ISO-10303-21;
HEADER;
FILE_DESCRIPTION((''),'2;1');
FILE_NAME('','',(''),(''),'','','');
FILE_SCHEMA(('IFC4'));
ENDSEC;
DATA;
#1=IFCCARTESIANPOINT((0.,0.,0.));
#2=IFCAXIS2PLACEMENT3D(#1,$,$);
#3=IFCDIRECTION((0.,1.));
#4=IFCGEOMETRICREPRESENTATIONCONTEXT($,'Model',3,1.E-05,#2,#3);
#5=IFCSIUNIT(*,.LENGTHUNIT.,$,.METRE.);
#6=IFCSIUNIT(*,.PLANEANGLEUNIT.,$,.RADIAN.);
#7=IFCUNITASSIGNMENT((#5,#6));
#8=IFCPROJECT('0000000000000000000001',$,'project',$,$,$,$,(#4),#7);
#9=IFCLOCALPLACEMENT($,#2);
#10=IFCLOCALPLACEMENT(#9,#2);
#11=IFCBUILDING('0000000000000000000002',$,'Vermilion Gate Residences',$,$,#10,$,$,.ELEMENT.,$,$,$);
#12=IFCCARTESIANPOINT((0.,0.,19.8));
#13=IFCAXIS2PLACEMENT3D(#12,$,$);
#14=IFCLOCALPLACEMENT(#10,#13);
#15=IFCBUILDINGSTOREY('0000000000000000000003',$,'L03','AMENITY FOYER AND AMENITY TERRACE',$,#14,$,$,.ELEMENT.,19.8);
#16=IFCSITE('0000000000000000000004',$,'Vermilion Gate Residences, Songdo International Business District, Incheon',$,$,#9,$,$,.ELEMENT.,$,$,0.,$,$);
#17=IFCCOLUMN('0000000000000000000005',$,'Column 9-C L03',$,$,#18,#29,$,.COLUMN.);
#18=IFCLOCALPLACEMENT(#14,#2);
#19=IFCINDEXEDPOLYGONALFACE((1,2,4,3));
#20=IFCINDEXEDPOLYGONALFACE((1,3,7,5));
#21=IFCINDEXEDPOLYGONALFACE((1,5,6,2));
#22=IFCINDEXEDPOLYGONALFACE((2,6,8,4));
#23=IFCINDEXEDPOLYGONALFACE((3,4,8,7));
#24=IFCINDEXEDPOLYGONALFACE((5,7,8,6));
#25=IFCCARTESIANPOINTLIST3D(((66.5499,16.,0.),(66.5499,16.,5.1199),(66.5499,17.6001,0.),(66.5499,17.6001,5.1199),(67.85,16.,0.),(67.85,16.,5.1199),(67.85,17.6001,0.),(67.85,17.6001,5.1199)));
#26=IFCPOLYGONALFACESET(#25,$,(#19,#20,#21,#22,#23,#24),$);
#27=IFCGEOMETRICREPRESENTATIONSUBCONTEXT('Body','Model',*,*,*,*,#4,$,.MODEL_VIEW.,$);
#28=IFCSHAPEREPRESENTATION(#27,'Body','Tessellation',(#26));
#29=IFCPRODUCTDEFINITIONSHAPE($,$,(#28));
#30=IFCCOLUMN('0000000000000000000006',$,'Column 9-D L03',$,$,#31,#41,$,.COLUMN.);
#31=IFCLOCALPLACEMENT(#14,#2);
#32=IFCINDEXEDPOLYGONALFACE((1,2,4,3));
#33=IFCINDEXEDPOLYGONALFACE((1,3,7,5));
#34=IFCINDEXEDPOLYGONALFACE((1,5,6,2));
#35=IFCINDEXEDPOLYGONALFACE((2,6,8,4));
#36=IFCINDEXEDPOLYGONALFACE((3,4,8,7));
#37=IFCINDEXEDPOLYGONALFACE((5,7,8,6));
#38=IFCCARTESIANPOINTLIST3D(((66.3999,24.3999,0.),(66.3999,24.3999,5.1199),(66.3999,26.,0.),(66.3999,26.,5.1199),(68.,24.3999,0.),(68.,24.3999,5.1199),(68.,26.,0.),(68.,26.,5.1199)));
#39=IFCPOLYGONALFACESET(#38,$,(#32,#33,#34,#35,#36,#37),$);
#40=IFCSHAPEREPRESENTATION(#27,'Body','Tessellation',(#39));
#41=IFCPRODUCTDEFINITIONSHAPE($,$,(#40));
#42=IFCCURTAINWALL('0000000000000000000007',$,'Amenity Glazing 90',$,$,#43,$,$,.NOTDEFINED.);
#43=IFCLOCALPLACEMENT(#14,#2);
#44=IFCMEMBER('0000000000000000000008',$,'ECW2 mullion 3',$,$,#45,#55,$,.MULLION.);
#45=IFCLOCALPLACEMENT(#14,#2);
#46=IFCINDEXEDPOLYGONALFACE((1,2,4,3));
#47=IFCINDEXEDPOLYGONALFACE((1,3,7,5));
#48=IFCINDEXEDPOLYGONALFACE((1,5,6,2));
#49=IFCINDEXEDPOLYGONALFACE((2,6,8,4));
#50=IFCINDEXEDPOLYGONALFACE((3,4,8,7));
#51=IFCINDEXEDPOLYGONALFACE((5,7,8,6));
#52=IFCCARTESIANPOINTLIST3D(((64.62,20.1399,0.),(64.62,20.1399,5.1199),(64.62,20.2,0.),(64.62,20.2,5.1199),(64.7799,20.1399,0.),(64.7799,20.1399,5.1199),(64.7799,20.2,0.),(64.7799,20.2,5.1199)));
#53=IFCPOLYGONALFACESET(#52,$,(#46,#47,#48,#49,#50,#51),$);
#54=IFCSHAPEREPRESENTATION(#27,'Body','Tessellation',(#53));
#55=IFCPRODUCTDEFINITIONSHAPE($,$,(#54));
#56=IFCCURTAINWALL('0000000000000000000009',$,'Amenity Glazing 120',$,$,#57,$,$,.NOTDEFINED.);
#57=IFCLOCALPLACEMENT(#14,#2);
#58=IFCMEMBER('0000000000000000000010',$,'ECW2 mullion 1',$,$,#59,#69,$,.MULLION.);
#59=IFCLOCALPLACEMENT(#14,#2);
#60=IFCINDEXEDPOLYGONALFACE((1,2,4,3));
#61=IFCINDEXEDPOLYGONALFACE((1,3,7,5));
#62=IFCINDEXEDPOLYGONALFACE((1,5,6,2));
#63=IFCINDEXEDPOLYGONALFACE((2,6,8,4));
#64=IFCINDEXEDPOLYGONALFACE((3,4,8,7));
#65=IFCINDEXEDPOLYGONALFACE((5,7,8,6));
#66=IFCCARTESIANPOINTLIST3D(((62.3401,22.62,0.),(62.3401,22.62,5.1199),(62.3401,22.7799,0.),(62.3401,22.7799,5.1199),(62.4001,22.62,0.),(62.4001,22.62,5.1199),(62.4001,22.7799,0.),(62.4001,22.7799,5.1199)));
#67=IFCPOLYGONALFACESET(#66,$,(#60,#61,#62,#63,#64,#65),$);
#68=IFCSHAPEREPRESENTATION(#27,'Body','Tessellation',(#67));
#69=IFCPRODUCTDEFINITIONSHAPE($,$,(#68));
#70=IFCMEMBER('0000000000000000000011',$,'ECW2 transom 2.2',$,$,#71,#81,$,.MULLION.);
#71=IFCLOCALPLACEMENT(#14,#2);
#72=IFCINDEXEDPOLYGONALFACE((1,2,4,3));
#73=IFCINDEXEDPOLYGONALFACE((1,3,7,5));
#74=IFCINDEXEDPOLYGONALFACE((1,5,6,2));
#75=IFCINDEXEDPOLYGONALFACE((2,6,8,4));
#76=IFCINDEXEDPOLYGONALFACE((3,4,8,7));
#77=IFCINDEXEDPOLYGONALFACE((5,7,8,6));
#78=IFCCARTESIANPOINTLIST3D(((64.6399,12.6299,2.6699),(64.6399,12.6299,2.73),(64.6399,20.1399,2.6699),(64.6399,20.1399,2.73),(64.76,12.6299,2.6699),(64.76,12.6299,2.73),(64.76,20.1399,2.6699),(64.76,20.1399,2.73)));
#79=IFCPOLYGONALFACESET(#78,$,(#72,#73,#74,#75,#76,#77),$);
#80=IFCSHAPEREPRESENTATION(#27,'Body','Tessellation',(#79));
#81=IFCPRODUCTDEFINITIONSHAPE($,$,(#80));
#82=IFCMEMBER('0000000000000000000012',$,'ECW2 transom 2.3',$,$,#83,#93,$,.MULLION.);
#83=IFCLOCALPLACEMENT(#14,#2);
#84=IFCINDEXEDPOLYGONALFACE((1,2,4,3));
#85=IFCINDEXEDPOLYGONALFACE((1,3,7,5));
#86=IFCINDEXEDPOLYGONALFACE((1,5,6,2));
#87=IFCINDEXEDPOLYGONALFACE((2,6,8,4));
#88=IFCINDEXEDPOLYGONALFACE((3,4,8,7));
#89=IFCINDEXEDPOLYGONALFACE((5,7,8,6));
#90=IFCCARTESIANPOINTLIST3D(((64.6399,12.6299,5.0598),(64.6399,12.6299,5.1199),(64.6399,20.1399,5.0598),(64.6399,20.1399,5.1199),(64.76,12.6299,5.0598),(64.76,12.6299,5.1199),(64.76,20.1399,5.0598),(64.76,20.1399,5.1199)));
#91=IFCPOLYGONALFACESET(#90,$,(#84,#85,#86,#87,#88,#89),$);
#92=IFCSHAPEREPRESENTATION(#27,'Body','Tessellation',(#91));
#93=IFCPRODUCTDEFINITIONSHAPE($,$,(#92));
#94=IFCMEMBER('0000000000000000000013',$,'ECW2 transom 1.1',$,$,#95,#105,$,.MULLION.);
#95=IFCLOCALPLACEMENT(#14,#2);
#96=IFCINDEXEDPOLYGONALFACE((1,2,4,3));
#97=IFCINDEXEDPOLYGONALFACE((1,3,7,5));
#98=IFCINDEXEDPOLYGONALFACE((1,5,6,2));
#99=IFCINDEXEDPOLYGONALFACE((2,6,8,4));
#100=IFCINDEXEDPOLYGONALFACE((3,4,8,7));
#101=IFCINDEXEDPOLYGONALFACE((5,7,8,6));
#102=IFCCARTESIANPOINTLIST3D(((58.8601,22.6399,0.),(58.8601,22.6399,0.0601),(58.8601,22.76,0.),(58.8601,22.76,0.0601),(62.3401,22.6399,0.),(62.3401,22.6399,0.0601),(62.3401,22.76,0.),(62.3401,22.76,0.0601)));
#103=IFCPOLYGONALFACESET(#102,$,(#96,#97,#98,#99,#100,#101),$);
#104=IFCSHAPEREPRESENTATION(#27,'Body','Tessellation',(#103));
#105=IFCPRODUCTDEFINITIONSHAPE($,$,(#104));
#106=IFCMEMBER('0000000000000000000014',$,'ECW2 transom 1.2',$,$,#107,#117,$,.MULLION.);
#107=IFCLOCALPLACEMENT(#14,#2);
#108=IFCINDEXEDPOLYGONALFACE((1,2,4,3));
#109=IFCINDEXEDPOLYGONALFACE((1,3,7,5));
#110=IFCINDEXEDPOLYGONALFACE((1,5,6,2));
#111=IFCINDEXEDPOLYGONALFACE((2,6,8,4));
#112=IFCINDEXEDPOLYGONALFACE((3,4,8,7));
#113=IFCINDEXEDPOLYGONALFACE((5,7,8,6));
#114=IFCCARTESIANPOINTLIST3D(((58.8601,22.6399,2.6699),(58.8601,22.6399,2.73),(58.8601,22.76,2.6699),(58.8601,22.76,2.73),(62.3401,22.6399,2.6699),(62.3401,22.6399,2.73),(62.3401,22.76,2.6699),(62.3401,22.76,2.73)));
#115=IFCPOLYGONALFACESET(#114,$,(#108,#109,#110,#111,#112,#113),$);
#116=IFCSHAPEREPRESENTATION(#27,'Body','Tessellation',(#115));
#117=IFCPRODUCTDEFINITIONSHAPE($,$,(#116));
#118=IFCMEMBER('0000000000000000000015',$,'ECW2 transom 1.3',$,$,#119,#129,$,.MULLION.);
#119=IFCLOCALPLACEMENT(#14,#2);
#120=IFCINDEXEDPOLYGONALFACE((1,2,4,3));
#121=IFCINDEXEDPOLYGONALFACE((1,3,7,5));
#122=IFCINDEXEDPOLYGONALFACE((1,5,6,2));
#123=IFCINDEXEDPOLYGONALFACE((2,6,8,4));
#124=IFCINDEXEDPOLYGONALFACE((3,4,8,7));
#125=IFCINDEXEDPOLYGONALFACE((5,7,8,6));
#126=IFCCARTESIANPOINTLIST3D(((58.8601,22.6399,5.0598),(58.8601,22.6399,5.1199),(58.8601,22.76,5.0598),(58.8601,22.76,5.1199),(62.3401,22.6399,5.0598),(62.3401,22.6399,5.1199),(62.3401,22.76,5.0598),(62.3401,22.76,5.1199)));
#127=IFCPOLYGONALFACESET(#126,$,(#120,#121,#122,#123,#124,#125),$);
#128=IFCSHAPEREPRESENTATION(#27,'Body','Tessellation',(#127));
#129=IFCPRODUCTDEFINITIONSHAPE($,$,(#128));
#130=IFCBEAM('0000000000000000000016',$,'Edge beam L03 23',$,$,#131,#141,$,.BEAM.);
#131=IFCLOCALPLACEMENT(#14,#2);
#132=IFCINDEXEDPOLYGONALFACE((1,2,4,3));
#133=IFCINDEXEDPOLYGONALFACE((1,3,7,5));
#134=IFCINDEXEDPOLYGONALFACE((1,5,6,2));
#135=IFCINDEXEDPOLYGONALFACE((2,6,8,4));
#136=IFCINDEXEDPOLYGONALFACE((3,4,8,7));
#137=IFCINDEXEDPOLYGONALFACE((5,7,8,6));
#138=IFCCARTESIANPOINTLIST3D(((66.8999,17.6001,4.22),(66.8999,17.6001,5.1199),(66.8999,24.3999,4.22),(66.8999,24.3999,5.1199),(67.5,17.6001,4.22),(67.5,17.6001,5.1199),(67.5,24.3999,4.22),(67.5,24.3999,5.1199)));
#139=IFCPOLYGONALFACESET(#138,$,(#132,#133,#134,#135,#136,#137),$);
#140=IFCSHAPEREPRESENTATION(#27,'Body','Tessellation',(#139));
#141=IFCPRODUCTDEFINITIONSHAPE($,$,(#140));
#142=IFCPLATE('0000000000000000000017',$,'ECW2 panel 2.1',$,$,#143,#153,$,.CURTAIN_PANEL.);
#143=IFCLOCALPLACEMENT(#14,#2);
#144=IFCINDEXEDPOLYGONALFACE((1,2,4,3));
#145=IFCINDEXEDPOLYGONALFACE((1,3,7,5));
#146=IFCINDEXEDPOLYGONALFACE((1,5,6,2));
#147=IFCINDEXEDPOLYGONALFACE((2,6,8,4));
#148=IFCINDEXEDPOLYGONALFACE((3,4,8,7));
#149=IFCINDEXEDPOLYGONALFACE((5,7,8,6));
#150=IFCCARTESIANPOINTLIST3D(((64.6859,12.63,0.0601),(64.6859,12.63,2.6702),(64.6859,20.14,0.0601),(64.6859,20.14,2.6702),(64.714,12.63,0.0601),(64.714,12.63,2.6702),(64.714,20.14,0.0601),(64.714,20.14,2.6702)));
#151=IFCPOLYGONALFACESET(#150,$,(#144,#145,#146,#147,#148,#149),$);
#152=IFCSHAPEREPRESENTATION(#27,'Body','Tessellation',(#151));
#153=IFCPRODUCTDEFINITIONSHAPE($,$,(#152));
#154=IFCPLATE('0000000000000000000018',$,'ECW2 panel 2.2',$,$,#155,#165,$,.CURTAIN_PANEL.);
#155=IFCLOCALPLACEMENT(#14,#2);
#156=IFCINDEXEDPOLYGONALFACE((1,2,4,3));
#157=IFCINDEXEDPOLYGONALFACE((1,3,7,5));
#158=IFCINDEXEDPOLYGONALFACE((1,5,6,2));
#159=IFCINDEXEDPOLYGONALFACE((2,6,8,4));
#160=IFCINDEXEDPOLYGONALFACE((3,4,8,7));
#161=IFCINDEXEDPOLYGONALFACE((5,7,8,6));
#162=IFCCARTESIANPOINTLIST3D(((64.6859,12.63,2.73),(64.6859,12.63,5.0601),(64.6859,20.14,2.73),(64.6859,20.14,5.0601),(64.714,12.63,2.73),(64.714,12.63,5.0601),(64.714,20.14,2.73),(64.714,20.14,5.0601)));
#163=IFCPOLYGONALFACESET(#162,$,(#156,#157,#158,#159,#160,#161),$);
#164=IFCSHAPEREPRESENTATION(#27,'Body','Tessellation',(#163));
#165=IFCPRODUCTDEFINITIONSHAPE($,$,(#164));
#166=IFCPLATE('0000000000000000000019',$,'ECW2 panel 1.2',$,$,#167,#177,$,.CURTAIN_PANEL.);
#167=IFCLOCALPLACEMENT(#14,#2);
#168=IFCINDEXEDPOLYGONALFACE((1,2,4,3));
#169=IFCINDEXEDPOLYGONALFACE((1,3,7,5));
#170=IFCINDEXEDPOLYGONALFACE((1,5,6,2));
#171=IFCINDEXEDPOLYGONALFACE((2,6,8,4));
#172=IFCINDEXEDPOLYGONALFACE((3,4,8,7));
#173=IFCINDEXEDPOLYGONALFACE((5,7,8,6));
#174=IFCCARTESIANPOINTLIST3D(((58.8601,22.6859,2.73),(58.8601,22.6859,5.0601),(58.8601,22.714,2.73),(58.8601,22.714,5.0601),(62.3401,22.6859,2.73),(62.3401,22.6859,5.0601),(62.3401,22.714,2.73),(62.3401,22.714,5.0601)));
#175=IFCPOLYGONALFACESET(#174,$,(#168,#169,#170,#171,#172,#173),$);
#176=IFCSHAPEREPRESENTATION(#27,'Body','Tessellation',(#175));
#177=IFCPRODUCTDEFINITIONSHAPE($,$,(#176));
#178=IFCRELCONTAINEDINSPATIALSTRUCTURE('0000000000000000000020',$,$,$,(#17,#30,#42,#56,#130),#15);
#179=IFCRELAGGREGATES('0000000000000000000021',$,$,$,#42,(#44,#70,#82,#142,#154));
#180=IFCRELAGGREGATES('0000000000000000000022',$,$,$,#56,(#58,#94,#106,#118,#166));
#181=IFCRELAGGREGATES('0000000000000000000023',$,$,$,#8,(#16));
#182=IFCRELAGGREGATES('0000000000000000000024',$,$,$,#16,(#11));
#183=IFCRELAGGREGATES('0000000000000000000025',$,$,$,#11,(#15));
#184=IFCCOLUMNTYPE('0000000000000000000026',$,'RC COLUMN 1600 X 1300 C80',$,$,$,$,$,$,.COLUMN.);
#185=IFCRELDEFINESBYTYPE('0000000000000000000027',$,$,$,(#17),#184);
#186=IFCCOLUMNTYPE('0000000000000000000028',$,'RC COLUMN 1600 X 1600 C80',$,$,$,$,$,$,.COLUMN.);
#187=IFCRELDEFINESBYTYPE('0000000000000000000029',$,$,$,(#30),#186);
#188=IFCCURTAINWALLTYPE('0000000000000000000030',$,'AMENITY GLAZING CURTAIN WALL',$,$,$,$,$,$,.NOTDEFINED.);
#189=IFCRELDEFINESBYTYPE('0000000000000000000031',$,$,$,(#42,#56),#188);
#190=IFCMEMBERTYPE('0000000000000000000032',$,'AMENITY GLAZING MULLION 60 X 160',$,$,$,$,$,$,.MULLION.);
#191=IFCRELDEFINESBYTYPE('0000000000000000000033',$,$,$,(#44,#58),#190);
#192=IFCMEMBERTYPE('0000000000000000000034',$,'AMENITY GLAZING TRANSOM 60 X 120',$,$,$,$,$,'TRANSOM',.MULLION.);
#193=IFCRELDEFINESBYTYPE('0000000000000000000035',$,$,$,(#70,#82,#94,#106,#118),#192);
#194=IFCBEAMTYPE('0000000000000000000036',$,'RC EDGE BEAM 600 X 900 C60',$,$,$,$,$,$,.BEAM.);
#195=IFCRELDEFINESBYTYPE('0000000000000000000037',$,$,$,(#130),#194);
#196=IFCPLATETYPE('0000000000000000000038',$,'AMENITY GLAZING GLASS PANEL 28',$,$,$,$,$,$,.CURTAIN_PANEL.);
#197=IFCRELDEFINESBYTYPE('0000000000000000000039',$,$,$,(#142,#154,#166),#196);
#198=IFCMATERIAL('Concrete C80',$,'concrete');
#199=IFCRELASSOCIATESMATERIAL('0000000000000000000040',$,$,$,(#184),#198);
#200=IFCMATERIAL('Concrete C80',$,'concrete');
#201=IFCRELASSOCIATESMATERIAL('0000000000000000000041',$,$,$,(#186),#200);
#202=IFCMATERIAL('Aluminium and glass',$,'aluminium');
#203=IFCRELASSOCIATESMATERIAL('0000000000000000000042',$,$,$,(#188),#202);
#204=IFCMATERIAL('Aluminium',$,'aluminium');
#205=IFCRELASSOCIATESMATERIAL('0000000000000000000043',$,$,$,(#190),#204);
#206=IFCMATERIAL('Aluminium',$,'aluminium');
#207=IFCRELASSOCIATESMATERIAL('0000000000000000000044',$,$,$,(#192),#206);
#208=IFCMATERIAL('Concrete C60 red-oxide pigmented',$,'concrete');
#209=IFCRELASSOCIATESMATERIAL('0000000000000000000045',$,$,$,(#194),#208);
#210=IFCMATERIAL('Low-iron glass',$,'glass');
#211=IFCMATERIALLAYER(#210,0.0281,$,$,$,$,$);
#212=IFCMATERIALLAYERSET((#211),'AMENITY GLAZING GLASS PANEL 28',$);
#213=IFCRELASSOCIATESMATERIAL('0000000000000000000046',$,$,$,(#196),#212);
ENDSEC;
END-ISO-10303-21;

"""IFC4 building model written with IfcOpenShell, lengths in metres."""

from ifc_helpers import new_model, si_unit, direction, frame, origin, origin_2d, place, context, subcontext, project, spatial, rectangle, extrude, material, layer, layer_set, material_profile, profile_set, type_object, element, aggregate, save


model = new_model("IFC4")

# Units and contexts
model_context = context("Model", 3, precision=1e-05, world=origin(), true_north=direction((0.0, 1.0)))
body_context = subcontext(model_context, "Body", "Model", "MODEL_VIEW")
ifc_project = project(units=[si_unit("LENGTHUNIT", "METRE"), si_unit("PLANEANGLEUNIT", "RADIAN")], contexts=[model_context])

# Site, building, storey
site_placement = place(None, origin())
site = spatial("IfcSite", under=ifc_project, at=site_placement, Name="Vermilion Gate Residences, Songdo International Business District, Incheon", CompositionType="ELEMENT", RefElevation=0.0)
building_placement = place(site_placement, origin())
building = spatial("IfcBuilding", under=site, at=building_placement, Name="Vermilion Gate Residences", CompositionType="ELEMENT")
storey_placement = place(building_placement, frame((0.0, 0.0, 19.8)))
storey = spatial("IfcBuildingStorey", under=building, at=storey_placement, Name="L03", Description="AMENITY FOYER AND AMENITY TERRACE", CompositionType="ELEMENT", Elevation=19.8)

# Columns
ifc_material_1 = material(Name="Concrete C80", Category="concrete")
ifc_material_profile_1 = material_profile(ifc_material_1, rectangle(XDim=1.6001, YDim=1.3, at=origin_2d()), Name="RC-1600x1300")
ifc_profile_set_1 = profile_set([ifc_material_profile_1], Name="Concrete C80")
column_type_1 = type_object("IfcColumnType", Name="RC COLUMN 1600 X 1300 C80", PredefinedType="COLUMN", material=ifc_profile_set_1)
column_1_placement = place(storey_placement, frame((67.2, 16.8, 0.0), z_axis=(0.0, 0.0, 1.0), x_axis=(0.0, 1.0, 0.0)))
element("IfcColumn", 1, at=column_1_placement, inside=storey, type_object=column_type_1, Name="Column 9-C L03", PredefinedType="COLUMN", context=body_context, shape_type="SweptSolid", body=[
    extrude(rectangle(XDim=1.6001, YDim=1.3, at=origin_2d()), origin(), (0.0, 0.0, 1.0), 5.1199),
])
ifc_material_2 = material(Name="Concrete C80", Category="concrete")
ifc_material_profile_2 = material_profile(ifc_material_2, rectangle(XDim=1.6001, YDim=1.6001, at=origin_2d()), Name="RC-1600x1600")
ifc_profile_set_2 = profile_set([ifc_material_profile_2], Name="Concrete C80")
column_type_2 = type_object("IfcColumnType", Name="RC COLUMN 1600 X 1600 C80", PredefinedType="COLUMN", material=ifc_profile_set_2)
column_2_placement = place(storey_placement, frame((67.2, 25.2, 0.0), z_axis=(0.0, 0.0, 1.0), x_axis=(1.0, 0.0, 0.0)))
element("IfcColumn", 2, at=column_2_placement, inside=storey, type_object=column_type_2, Name="Column 9-D L03", PredefinedType="COLUMN", context=body_context, shape_type="SweptSolid", body=[
    extrude(rectangle(XDim=1.6001, YDim=1.6001, at=origin_2d()), origin(), (0.0, 0.0, 1.0), 5.1199),
])

# Curtain walls, members
ifc_material_3 = material(Name="Aluminium and glass", Category="aluminium")
curtain_wall_type = type_object("IfcCurtainWallType", Name="AMENITY GLAZING CURTAIN WALL", PredefinedType="NOTDEFINED", material=ifc_material_3)
curtain_wall_1_placement = place(storey_placement, origin())
curtain_wall_1 = element("IfcCurtainWall", 3, at=curtain_wall_1_placement, inside=storey, type_object=curtain_wall_type, Name="Amenity Glazing 90", PredefinedType="NOTDEFINED")
ifc_material_4 = material(Name="Aluminium", Category="aluminium")
ifc_material_profile_3 = material_profile(ifc_material_4, rectangle(XDim=0.1599, YDim=0.0601, at=origin_2d()), Name="MULLION 60 X 160")
ifc_profile_set_3 = profile_set([ifc_material_profile_3], Name="Aluminium")
member_type_1 = type_object("IfcMemberType", Name="AMENITY GLAZING MULLION 60 X 160", PredefinedType="MULLION", material=ifc_profile_set_3)
member_1_placement = place(storey_placement, frame((64.7, 20.1699, 0.0), z_axis=(0.0, 0.0, 1.0), x_axis=(-1.0, 0.0, 0.0)))
member_1 = element("IfcMember", 4, at=member_1_placement, type_object=member_type_1, Name="ECW2 mullion 3", PredefinedType="MULLION", context=body_context, shape_type="SweptSolid", body=[
    extrude(rectangle(XDim=0.1599, YDim=0.0601, at=origin_2d()), origin(), (0.0, 0.0, 1.0), 5.1199),
])
curtain_wall_2_placement = place(storey_placement, origin())
curtain_wall_2 = element("IfcCurtainWall", 5, at=curtain_wall_2_placement, inside=storey, type_object=curtain_wall_type, Name="Amenity Glazing 120", PredefinedType="NOTDEFINED")
member_2_placement = place(storey_placement, frame((62.3701, 22.7, 0.0), z_axis=(0.0, 0.0, 1.0), x_axis=(0.0, -1.0, 0.0)))
member_2 = element("IfcMember", 6, at=member_2_placement, type_object=member_type_1, Name="ECW2 mullion 1", PredefinedType="MULLION", context=body_context, shape_type="SweptSolid", body=[
    extrude(rectangle(XDim=0.1599, YDim=0.0601, at=origin_2d()), origin(), (0.0, 0.0, 1.0), 5.1199),
])

# Members
ifc_material_5 = material(Name="Aluminium", Category="aluminium")
ifc_material_profile_4 = material_profile(ifc_material_5, rectangle(XDim=0.1201, YDim=0.0601, at=origin_2d()), Name="TRANSOM 60 X 120")
ifc_profile_set_4 = profile_set([ifc_material_profile_4], Name="Aluminium")
member_type_2 = type_object("IfcMemberType", Name="AMENITY GLAZING TRANSOM 60 X 120", ElementType="TRANSOM", PredefinedType="MULLION", material=ifc_profile_set_4)
member_3_placement = place(storey_placement, frame((64.7, 12.6299, 2.7), z_axis=(0.0, 1.0, 0.0), x_axis=(-1.0, 0.0, 0.0)))
member_3 = element("IfcMember", 7, at=member_3_placement, type_object=member_type_2, Name="ECW2 transom 2.2", PredefinedType="MULLION", context=body_context, shape_type="SweptSolid", body=[
    extrude(rectangle(XDim=0.1201, YDim=0.0601, at=origin_2d()), origin(), (0.0, 0.0, 1.0), 7.51),
])
member_4_placement = place(storey_placement, frame((64.7, 12.6299, 5.0898), z_axis=(0.0, 1.0, 0.0), x_axis=(-1.0, 0.0, 0.0)))
member_4 = element("IfcMember", 8, at=member_4_placement, type_object=member_type_2, Name="ECW2 transom 2.3", PredefinedType="MULLION", context=body_context, shape_type="SweptSolid", body=[
    extrude(rectangle(XDim=0.1201, YDim=0.0601, at=origin_2d()), origin(), (0.0, 0.0, 1.0), 7.51),
])
member_5_placement = place(storey_placement, frame((62.3401, 22.7, 0.03), z_axis=(-1.0, 0.0, 0.0), x_axis=(0.0, -1.0, 0.0)))
member_5 = element("IfcMember", 9, at=member_5_placement, type_object=member_type_2, Name="ECW2 transom 1.1", PredefinedType="MULLION", context=body_context, shape_type="SweptSolid", body=[
    extrude(rectangle(XDim=0.1201, YDim=0.0601, at=origin_2d()), origin(), (0.0, 0.0, 1.0), 3.48),
])
member_6_placement = place(storey_placement, frame((62.3401, 22.7, 2.7), z_axis=(-1.0, 0.0, 0.0), x_axis=(0.0, -1.0, 0.0)))
member_6 = element("IfcMember", 10, at=member_6_placement, type_object=member_type_2, Name="ECW2 transom 1.2", PredefinedType="MULLION", context=body_context, shape_type="SweptSolid", body=[
    extrude(rectangle(XDim=0.1201, YDim=0.0601, at=origin_2d()), origin(), (0.0, 0.0, 1.0), 3.48),
])
member_7_placement = place(storey_placement, frame((62.3401, 22.7, 5.0898), z_axis=(-1.0, 0.0, 0.0), x_axis=(0.0, -1.0, 0.0)))
member_7 = element("IfcMember", 11, at=member_7_placement, type_object=member_type_2, Name="ECW2 transom 1.3", PredefinedType="MULLION", context=body_context, shape_type="SweptSolid", body=[
    extrude(rectangle(XDim=0.1201, YDim=0.0601, at=origin_2d()), origin(), (0.0, 0.0, 1.0), 3.48),
])

# Beam
ifc_material_6 = material(Name="Concrete C60 red-oxide pigmented", Category="concrete")
ifc_material_profile_5 = material_profile(ifc_material_6, rectangle(XDim=0.6001, YDim=0.8999, at=origin_2d()), Name="RC-600x900")
ifc_profile_set_5 = profile_set([ifc_material_profile_5], Name="Concrete C60 red-oxide pigmented")
beam_type = type_object("IfcBeamType", Name="RC EDGE BEAM 600 X 900 C60", PredefinedType="BEAM", material=ifc_profile_set_5)
beam_placement = place(storey_placement, frame((67.2, 17.6001, 4.6699), z_axis=(0.0, 1.0, 0.0), x_axis=(-1.0, 0.0, 0.0)))
element("IfcBeam", 12, at=beam_placement, inside=storey, type_object=beam_type, Name="Edge beam L03 23", PredefinedType="BEAM", context=body_context, shape_type="SweptSolid", body=[
    extrude(rectangle(XDim=0.6001, YDim=0.8999, at=origin_2d()), origin(), (0.0, 0.0, 1.0), 6.7998),
])

# Plates
ifc_material_7 = material(Name="Low-iron glass", Category="glass")
ifc_layer_1 = layer(ifc_material_7, 0.0281)
ifc_layer_set_1 = layer_set([ifc_layer_1], Name="AMENITY GLAZING GLASS PANEL 28")
plate_type = type_object("IfcPlateType", Name="AMENITY GLAZING GLASS PANEL 28", PredefinedType="CURTAIN_PANEL", material=ifc_layer_set_1)
plate_1_placement = place(storey_placement, frame((64.7, 16.385, 0.0601), z_axis=(0.0, 0.0, 1.0), x_axis=(0.0, 1.0, 0.0)))
plate_1 = element("IfcPlate", 13, at=plate_1_placement, type_object=plate_type, Name="ECW2 panel 2.1", PredefinedType="CURTAIN_PANEL", context=body_context, shape_type="SweptSolid", body=[
    extrude(rectangle(XDim=7.51, YDim=0.0281, at=origin_2d()), origin(), (0.0, 0.0, 1.0), 2.6101),
])
plate_2_placement = place(storey_placement, frame((64.7, 16.385, 2.73), z_axis=(0.0, 0.0, 1.0), x_axis=(0.0, 1.0, 0.0)))
plate_2 = element("IfcPlate", 14, at=plate_2_placement, type_object=plate_type, Name="ECW2 panel 2.2", PredefinedType="CURTAIN_PANEL", context=body_context, shape_type="SweptSolid", body=[
    extrude(rectangle(XDim=7.51, YDim=0.0281, at=origin_2d()), origin(), (0.0, 0.0, 1.0), 2.3301),
])
aggregate(curtain_wall_1, [member_1, member_3, member_4, plate_1, plate_2])
plate_3_placement = place(storey_placement, frame((60.6001, 22.7, 2.73), z_axis=(0.0, 0.0, 1.0), x_axis=(-1.0, 0.0, 0.0)))
plate_3 = element("IfcPlate", 15, at=plate_3_placement, type_object=plate_type, Name="ECW2 panel 1.2", PredefinedType="CURTAIN_PANEL", context=body_context, shape_type="SweptSolid", body=[
    extrude(rectangle(XDim=3.48, YDim=0.0281, at=origin_2d()), origin(), (0.0, 0.0, 1.0), 2.3301),
])
aggregate(curtain_wall_2, [member_2, member_5, member_6, member_7, plate_3])

save(model, "model.ifc")
